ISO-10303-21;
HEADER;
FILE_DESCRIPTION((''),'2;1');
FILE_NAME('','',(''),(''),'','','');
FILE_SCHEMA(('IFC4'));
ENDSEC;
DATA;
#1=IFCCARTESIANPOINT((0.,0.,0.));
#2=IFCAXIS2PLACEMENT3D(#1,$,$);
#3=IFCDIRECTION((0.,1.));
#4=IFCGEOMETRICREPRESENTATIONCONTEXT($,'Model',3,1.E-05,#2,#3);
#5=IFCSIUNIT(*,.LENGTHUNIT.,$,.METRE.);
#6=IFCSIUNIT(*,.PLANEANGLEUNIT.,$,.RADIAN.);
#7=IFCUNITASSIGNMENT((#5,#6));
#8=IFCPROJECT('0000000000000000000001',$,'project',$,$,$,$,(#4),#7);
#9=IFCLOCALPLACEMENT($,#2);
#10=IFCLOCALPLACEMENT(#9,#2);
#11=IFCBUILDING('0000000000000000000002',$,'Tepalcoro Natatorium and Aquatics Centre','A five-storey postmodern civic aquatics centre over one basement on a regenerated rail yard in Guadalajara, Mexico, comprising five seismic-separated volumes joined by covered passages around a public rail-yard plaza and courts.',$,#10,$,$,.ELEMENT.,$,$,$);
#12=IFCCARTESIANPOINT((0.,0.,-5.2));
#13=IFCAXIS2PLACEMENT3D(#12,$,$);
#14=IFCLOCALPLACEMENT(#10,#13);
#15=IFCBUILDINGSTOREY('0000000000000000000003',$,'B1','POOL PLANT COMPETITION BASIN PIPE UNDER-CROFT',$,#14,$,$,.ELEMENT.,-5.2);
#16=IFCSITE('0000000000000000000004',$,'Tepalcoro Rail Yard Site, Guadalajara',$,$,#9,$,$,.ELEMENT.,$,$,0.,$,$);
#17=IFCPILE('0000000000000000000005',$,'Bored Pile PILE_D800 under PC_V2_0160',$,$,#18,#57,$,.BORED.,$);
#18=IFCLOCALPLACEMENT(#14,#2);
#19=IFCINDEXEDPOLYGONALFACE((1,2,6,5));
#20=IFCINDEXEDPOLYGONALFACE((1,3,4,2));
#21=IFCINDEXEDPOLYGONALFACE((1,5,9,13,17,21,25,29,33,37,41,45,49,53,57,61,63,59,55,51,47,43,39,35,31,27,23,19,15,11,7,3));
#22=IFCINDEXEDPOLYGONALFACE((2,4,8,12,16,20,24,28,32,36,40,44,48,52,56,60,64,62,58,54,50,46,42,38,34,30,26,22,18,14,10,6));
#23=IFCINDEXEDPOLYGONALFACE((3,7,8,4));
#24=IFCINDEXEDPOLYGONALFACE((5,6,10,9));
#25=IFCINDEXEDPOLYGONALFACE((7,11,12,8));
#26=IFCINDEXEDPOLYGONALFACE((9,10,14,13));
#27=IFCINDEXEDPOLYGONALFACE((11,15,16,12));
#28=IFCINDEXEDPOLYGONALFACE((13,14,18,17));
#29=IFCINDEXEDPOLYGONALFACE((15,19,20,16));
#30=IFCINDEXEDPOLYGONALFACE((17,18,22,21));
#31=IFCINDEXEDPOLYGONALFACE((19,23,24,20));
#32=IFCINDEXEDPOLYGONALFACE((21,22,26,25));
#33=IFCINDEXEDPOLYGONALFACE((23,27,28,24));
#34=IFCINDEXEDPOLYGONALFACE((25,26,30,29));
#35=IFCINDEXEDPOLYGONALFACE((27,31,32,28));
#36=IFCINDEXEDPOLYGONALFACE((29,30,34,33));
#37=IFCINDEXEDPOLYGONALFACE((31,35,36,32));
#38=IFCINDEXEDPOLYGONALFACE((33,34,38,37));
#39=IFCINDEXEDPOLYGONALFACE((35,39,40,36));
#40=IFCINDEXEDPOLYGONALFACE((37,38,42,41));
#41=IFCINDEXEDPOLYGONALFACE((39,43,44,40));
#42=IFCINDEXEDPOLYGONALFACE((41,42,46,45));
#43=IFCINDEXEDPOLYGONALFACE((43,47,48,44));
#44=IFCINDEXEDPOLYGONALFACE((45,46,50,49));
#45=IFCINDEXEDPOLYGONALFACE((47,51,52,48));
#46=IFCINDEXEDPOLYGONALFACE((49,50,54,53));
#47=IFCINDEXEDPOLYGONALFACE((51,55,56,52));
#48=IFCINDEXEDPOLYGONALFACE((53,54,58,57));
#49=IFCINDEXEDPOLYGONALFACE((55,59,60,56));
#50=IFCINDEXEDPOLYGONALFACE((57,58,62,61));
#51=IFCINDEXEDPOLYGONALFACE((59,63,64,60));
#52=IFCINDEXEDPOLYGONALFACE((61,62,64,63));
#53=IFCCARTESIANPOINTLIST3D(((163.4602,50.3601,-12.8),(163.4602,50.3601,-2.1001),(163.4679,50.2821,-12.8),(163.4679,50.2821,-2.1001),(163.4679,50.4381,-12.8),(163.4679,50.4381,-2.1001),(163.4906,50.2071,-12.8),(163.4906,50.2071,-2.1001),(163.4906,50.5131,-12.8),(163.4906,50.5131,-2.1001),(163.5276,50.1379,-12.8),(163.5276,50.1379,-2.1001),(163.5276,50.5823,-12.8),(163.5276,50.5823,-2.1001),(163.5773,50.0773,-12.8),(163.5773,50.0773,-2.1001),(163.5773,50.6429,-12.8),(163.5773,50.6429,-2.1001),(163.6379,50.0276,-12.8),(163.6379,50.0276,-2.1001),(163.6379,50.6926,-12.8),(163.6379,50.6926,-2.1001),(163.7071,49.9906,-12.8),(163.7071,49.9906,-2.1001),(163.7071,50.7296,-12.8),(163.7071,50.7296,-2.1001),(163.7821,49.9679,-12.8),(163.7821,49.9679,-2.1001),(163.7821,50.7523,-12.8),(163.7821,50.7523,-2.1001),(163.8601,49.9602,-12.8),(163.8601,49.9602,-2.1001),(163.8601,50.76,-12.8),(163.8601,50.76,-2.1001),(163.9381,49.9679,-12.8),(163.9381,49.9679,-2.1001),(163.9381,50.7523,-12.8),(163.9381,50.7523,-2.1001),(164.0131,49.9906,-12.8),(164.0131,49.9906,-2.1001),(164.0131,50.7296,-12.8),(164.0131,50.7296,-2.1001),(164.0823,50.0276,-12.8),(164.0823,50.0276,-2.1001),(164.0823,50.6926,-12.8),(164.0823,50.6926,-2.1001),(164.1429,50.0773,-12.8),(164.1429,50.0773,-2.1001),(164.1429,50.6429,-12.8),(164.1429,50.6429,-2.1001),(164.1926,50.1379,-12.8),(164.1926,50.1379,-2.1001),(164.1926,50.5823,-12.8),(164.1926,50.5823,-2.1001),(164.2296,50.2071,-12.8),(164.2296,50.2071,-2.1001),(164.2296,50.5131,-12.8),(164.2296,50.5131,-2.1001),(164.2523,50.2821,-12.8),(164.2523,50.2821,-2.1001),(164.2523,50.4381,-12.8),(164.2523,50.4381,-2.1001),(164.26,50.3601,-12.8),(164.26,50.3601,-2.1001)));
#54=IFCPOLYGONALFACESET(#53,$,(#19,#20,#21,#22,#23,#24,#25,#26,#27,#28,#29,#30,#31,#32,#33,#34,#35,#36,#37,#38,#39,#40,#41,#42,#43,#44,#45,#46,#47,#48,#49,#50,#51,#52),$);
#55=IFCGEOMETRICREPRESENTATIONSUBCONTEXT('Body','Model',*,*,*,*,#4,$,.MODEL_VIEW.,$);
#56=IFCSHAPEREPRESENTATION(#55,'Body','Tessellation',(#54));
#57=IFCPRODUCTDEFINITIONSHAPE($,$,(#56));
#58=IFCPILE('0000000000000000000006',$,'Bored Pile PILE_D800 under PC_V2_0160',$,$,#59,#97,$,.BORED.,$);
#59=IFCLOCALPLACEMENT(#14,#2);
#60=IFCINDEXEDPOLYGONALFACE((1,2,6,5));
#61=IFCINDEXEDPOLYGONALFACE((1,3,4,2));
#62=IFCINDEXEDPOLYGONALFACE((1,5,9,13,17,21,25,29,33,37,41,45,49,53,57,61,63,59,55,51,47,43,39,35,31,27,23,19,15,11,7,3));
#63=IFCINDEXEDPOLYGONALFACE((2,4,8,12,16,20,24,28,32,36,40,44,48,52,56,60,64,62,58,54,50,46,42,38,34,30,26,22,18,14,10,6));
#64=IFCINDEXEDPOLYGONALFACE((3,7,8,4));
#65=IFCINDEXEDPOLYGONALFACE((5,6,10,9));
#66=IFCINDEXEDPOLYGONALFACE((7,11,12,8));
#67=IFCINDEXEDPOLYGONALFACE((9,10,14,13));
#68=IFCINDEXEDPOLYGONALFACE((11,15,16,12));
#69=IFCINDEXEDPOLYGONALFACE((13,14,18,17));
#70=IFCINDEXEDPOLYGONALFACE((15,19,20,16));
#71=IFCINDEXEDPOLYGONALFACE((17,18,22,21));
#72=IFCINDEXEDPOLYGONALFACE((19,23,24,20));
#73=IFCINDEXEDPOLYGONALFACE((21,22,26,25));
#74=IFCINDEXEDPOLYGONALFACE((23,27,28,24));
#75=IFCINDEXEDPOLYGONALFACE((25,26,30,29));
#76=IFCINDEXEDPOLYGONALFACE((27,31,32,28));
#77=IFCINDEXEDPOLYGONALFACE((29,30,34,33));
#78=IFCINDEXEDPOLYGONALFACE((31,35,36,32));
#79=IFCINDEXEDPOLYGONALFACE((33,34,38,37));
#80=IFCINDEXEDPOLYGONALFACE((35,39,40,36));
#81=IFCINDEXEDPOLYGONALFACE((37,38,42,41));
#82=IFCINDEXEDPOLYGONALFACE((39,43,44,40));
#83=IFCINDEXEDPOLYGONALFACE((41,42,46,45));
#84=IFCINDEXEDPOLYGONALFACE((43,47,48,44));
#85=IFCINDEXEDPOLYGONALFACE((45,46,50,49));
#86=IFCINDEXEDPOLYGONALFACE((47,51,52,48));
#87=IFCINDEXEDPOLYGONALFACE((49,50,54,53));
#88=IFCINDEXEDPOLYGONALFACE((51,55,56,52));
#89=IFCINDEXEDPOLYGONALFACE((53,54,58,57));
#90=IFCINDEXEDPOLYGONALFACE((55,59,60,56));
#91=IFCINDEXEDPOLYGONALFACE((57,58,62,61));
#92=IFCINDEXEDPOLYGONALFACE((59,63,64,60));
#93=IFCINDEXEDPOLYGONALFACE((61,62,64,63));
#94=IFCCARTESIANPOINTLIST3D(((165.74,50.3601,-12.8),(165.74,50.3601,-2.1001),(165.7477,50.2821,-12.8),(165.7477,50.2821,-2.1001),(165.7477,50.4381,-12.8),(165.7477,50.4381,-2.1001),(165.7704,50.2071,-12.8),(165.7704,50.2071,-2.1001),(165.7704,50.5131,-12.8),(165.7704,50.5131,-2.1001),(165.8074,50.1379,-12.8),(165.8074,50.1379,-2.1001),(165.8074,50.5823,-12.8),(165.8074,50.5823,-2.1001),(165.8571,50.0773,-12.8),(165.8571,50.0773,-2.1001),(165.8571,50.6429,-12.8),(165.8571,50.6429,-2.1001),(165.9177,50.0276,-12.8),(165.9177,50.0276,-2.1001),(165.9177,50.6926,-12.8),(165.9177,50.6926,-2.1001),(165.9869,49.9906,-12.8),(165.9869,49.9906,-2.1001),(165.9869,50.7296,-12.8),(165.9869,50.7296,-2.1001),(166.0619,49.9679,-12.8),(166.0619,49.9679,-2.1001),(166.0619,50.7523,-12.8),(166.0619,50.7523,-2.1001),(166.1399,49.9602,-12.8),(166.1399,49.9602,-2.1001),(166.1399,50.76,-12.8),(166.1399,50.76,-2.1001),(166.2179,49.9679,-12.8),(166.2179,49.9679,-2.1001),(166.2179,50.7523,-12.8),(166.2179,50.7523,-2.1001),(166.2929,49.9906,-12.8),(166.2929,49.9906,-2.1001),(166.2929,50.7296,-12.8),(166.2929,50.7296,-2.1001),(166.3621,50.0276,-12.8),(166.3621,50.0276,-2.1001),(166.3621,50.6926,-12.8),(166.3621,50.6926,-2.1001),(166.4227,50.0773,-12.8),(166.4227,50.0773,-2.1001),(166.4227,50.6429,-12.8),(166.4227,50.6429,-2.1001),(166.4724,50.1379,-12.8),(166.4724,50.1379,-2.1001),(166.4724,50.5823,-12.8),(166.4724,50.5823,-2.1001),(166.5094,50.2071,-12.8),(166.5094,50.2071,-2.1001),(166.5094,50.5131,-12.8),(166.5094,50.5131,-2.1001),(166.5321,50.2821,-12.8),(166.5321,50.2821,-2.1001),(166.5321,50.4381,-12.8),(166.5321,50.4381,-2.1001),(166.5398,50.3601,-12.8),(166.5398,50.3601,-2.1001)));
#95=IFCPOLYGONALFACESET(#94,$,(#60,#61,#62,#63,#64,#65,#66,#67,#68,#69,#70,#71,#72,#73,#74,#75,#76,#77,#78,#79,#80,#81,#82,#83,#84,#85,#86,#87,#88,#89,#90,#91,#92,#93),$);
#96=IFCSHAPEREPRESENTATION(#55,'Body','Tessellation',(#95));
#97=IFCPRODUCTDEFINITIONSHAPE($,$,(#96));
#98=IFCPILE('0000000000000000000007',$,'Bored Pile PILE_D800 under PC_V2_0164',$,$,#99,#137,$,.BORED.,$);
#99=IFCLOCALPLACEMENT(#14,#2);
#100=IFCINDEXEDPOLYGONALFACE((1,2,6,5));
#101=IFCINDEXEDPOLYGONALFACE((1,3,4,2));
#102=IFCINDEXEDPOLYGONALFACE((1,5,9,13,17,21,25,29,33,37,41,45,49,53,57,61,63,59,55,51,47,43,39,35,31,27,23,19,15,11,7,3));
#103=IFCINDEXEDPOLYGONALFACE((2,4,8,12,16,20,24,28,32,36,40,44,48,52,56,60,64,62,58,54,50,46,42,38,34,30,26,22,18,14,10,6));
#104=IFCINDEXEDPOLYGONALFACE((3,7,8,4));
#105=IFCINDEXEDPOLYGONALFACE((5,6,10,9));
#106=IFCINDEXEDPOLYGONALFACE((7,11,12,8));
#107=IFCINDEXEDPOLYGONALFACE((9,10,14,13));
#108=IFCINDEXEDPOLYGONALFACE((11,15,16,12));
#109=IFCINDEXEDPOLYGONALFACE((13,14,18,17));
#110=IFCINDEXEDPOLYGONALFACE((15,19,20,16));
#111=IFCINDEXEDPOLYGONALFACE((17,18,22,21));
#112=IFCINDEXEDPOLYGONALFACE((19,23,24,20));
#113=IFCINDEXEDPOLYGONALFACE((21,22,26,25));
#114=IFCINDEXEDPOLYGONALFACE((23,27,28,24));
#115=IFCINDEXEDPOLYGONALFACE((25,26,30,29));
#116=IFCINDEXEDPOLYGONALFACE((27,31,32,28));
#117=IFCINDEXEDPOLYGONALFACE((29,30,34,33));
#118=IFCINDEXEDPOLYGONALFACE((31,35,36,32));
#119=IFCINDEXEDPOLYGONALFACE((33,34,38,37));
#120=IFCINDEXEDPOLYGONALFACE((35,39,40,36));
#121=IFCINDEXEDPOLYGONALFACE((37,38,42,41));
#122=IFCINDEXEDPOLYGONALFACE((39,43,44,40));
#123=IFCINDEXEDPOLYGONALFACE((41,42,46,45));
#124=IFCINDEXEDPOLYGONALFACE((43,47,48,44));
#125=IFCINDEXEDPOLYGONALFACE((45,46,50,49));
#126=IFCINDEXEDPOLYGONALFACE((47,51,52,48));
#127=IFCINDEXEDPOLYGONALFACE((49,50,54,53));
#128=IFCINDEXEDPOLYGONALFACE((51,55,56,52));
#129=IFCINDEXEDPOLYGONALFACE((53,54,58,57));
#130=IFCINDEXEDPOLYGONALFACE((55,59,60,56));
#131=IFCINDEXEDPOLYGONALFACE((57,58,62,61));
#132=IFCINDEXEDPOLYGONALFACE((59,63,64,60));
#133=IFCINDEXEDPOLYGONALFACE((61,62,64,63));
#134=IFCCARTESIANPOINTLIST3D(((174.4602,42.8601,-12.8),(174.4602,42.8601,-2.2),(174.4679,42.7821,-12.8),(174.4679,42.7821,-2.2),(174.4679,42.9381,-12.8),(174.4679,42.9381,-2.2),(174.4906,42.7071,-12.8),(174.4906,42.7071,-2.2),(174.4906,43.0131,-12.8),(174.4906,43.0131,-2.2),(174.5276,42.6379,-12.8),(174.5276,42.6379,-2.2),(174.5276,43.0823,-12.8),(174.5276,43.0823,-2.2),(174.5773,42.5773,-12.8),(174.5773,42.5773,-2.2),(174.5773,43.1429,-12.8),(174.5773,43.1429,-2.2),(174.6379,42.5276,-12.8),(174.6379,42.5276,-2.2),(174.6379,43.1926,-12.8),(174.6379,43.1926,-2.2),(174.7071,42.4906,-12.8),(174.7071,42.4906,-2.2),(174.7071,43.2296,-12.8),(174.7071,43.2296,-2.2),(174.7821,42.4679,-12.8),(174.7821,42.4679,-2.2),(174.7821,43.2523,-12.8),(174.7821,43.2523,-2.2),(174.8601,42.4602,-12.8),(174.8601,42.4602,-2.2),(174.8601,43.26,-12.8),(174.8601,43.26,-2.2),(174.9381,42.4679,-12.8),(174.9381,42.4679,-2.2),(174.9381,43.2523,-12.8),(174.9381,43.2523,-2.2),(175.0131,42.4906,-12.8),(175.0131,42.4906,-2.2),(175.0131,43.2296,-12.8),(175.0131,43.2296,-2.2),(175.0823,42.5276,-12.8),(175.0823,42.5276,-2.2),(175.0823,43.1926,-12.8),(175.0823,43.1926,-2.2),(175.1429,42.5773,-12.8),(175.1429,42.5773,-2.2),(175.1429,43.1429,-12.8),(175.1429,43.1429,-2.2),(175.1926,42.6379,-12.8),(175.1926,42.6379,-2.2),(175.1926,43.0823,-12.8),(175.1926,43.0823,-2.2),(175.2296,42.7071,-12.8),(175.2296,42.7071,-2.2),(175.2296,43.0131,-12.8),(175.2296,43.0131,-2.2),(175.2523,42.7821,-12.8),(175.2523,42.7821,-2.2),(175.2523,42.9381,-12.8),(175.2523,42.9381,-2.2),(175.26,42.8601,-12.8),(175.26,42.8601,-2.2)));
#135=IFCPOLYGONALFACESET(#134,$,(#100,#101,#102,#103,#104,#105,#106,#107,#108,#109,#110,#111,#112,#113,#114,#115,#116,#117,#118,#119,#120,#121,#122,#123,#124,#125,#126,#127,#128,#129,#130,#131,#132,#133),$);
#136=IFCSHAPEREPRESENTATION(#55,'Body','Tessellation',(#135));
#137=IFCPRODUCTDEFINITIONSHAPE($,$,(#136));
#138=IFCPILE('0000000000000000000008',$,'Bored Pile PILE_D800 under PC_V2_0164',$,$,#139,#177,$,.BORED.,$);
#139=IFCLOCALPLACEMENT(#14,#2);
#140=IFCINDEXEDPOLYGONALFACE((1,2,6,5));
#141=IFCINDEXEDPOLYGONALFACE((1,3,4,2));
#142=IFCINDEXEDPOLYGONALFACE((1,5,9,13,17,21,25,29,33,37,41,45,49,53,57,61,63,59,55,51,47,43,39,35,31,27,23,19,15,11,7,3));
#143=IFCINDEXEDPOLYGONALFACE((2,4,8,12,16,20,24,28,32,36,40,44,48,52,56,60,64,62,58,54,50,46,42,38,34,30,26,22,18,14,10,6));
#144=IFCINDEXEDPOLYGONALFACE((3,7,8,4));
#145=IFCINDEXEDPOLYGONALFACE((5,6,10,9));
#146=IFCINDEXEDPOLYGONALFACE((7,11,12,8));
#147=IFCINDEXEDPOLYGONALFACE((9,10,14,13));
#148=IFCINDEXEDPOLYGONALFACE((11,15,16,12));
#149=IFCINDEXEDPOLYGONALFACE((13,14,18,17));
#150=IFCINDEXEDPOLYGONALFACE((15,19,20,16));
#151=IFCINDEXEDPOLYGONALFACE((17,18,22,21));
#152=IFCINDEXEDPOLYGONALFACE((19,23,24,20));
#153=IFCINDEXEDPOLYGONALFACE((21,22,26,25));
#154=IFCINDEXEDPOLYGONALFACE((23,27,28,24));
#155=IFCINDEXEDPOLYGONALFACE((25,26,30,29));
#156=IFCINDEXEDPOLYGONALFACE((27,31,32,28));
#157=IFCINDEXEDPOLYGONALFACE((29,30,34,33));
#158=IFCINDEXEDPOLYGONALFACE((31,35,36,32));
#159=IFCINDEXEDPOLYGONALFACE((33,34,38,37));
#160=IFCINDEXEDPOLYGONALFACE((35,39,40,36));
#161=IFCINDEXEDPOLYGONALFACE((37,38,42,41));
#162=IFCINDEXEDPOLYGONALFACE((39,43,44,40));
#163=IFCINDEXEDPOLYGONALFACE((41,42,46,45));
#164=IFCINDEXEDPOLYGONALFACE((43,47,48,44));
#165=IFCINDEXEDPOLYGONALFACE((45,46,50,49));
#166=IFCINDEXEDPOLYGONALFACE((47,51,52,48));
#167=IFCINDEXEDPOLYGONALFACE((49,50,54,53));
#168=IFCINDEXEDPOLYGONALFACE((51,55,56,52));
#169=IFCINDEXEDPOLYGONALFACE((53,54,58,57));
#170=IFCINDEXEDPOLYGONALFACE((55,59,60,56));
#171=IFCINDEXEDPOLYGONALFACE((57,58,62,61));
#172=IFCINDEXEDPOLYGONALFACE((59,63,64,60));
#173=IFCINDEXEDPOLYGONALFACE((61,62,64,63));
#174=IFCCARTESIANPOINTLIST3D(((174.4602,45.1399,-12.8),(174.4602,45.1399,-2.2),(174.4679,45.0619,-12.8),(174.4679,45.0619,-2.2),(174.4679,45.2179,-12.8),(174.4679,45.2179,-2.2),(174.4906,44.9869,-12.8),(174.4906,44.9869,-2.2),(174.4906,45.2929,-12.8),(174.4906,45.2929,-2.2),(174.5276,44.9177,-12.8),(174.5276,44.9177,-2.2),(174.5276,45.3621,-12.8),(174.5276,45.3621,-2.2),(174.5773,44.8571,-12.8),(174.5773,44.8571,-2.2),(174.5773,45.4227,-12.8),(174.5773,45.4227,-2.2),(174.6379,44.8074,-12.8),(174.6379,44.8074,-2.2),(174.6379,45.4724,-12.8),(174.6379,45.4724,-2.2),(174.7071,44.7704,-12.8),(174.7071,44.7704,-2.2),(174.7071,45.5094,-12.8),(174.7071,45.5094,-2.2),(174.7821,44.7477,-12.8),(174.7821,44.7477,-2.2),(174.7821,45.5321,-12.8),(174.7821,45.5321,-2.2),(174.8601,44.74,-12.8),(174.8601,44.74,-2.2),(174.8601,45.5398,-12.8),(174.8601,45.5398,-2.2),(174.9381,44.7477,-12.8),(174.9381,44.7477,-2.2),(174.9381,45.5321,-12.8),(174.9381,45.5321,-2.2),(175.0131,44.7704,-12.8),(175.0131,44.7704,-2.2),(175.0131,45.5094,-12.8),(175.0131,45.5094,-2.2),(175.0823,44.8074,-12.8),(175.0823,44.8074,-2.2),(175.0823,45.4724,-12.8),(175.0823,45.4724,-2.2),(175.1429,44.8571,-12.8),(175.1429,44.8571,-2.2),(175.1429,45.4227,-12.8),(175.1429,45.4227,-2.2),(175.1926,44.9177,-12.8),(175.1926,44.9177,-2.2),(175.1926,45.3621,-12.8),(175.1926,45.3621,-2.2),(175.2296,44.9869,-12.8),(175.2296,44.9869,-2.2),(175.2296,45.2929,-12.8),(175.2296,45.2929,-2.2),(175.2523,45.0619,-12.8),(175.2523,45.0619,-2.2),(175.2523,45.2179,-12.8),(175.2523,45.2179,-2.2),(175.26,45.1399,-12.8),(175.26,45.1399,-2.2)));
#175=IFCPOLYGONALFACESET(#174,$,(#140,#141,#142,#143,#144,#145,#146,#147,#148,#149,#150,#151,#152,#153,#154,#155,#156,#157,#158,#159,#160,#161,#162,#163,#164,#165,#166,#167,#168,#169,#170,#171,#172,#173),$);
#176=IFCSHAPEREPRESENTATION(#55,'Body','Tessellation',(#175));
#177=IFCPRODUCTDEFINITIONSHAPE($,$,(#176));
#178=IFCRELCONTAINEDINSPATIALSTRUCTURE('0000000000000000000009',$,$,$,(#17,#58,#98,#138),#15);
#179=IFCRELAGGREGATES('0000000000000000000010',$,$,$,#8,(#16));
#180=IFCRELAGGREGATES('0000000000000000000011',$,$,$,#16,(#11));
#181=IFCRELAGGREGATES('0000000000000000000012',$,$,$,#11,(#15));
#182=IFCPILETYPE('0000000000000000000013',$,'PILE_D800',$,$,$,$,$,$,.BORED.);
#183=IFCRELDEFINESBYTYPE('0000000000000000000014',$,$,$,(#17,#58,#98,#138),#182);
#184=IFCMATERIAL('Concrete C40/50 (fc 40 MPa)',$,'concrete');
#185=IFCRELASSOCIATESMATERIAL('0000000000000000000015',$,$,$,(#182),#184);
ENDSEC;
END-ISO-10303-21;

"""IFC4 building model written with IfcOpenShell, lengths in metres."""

from ifc_helpers import new_model, si_unit, direction, frame, origin, origin_2d, place, context, subcontext, project, spatial, circle, extrude, material, material_profile, profile_set, type_object, element, save


model = new_model("IFC4")

# Units and contexts
model_context = context("Model", 3, precision=1e-05, world=origin(), true_north=direction((0.0, 1.0)))
body_context = subcontext(model_context, "Body", "Model", "MODEL_VIEW")
ifc_project = project(units=[si_unit("LENGTHUNIT", "METRE"), si_unit("PLANEANGLEUNIT", "RADIAN")], contexts=[model_context])

# Site, building, storey
site_placement = place(None, origin())
site = spatial("IfcSite", under=ifc_project, at=site_placement, Name="Tepalcoro Rail Yard Site, Guadalajara", CompositionType="ELEMENT", RefElevation=0.0)
building_placement = place(site_placement, origin())
building = spatial("IfcBuilding", under=site, at=building_placement, Name="Tepalcoro Natatorium and Aquatics Centre", Description="A five-storey postmodern civic aquatics centre over one basement on a regenerated rail yard in Guadalajara, Mexico, comprising five seismic-separated volumes joined by covered passages around a public rail-yard plaza and courts.", CompositionType="ELEMENT")
storey_placement = place(building_placement, frame((0.0, 0.0, -5.2)))
storey = spatial("IfcBuildingStorey", under=building, at=storey_placement, Name="B1", Description="POOL PLANT COMPETITION BASIN PIPE UNDER-CROFT", CompositionType="ELEMENT", Elevation=-5.2)

# Piles
ifc_material_1 = material(Name="Concrete C40/50 (fc 40 MPa)", Category="concrete")
ifc_material_profile_1 = material_profile(ifc_material_1, circle(Radius=0.3999, at=origin_2d()), Name="PILE_D800")
ifc_profile_set_1 = profile_set([ifc_material_profile_1], Name="Concrete C40/50 (fc 40 MPa)")
pile_type_1 = type_object("IfcPileType", Name="PILE_D800", PredefinedType="BORED", material=ifc_profile_set_1)
for number, where, z_axis, x_axis, name in (
    (1, (163.8601, 50.3601, -2.1001), (0.0, 0.0, -1.0), (1.0, 0.0, 0.0), "Bored Pile PILE_D800 under PC_V2_0160"),
    (2, (166.1399, 50.3601, -2.1001), (0.0, 0.0, -1.0), (1.0, 0.0, 0.0), "Bored Pile PILE_D800 under PC_V2_0160"),
):
    element("IfcPile", number, at=place(storey_placement, frame(where, z_axis=z_axis, x_axis=x_axis)), inside=storey, type_object=pile_type_1, Name=name, PredefinedType="BORED", context=body_context, shape_type="SweptSolid", body=[
        extrude(circle(Radius=0.3999, at=origin_2d()), origin(), (0.0, 0.0, 1.0), 10.7),
    ])
for number, where, z_axis, x_axis, name in (
    (3, (174.8601, 42.8601, -2.2), (0.0, 0.0, -1.0), (1.0, 0.0, 0.0), "Bored Pile PILE_D800 under PC_V2_0164"),
    (4, (174.8601, 45.1399, -2.2), (0.0, 0.0, -1.0), (1.0, 0.0, 0.0), "Bored Pile PILE_D800 under PC_V2_0164"),
):
    element("IfcPile", number, at=place(storey_placement, frame(where, z_axis=z_axis, x_axis=x_axis)), inside=storey, type_object=pile_type_1, Name=name, PredefinedType="BORED", context=body_context, shape_type="SweptSolid", body=[
        extrude(circle(Radius=0.3999, at=origin_2d()), origin(), (0.0, 0.0, 1.0), 10.6001),
    ])

save(model, "model.ifc")
